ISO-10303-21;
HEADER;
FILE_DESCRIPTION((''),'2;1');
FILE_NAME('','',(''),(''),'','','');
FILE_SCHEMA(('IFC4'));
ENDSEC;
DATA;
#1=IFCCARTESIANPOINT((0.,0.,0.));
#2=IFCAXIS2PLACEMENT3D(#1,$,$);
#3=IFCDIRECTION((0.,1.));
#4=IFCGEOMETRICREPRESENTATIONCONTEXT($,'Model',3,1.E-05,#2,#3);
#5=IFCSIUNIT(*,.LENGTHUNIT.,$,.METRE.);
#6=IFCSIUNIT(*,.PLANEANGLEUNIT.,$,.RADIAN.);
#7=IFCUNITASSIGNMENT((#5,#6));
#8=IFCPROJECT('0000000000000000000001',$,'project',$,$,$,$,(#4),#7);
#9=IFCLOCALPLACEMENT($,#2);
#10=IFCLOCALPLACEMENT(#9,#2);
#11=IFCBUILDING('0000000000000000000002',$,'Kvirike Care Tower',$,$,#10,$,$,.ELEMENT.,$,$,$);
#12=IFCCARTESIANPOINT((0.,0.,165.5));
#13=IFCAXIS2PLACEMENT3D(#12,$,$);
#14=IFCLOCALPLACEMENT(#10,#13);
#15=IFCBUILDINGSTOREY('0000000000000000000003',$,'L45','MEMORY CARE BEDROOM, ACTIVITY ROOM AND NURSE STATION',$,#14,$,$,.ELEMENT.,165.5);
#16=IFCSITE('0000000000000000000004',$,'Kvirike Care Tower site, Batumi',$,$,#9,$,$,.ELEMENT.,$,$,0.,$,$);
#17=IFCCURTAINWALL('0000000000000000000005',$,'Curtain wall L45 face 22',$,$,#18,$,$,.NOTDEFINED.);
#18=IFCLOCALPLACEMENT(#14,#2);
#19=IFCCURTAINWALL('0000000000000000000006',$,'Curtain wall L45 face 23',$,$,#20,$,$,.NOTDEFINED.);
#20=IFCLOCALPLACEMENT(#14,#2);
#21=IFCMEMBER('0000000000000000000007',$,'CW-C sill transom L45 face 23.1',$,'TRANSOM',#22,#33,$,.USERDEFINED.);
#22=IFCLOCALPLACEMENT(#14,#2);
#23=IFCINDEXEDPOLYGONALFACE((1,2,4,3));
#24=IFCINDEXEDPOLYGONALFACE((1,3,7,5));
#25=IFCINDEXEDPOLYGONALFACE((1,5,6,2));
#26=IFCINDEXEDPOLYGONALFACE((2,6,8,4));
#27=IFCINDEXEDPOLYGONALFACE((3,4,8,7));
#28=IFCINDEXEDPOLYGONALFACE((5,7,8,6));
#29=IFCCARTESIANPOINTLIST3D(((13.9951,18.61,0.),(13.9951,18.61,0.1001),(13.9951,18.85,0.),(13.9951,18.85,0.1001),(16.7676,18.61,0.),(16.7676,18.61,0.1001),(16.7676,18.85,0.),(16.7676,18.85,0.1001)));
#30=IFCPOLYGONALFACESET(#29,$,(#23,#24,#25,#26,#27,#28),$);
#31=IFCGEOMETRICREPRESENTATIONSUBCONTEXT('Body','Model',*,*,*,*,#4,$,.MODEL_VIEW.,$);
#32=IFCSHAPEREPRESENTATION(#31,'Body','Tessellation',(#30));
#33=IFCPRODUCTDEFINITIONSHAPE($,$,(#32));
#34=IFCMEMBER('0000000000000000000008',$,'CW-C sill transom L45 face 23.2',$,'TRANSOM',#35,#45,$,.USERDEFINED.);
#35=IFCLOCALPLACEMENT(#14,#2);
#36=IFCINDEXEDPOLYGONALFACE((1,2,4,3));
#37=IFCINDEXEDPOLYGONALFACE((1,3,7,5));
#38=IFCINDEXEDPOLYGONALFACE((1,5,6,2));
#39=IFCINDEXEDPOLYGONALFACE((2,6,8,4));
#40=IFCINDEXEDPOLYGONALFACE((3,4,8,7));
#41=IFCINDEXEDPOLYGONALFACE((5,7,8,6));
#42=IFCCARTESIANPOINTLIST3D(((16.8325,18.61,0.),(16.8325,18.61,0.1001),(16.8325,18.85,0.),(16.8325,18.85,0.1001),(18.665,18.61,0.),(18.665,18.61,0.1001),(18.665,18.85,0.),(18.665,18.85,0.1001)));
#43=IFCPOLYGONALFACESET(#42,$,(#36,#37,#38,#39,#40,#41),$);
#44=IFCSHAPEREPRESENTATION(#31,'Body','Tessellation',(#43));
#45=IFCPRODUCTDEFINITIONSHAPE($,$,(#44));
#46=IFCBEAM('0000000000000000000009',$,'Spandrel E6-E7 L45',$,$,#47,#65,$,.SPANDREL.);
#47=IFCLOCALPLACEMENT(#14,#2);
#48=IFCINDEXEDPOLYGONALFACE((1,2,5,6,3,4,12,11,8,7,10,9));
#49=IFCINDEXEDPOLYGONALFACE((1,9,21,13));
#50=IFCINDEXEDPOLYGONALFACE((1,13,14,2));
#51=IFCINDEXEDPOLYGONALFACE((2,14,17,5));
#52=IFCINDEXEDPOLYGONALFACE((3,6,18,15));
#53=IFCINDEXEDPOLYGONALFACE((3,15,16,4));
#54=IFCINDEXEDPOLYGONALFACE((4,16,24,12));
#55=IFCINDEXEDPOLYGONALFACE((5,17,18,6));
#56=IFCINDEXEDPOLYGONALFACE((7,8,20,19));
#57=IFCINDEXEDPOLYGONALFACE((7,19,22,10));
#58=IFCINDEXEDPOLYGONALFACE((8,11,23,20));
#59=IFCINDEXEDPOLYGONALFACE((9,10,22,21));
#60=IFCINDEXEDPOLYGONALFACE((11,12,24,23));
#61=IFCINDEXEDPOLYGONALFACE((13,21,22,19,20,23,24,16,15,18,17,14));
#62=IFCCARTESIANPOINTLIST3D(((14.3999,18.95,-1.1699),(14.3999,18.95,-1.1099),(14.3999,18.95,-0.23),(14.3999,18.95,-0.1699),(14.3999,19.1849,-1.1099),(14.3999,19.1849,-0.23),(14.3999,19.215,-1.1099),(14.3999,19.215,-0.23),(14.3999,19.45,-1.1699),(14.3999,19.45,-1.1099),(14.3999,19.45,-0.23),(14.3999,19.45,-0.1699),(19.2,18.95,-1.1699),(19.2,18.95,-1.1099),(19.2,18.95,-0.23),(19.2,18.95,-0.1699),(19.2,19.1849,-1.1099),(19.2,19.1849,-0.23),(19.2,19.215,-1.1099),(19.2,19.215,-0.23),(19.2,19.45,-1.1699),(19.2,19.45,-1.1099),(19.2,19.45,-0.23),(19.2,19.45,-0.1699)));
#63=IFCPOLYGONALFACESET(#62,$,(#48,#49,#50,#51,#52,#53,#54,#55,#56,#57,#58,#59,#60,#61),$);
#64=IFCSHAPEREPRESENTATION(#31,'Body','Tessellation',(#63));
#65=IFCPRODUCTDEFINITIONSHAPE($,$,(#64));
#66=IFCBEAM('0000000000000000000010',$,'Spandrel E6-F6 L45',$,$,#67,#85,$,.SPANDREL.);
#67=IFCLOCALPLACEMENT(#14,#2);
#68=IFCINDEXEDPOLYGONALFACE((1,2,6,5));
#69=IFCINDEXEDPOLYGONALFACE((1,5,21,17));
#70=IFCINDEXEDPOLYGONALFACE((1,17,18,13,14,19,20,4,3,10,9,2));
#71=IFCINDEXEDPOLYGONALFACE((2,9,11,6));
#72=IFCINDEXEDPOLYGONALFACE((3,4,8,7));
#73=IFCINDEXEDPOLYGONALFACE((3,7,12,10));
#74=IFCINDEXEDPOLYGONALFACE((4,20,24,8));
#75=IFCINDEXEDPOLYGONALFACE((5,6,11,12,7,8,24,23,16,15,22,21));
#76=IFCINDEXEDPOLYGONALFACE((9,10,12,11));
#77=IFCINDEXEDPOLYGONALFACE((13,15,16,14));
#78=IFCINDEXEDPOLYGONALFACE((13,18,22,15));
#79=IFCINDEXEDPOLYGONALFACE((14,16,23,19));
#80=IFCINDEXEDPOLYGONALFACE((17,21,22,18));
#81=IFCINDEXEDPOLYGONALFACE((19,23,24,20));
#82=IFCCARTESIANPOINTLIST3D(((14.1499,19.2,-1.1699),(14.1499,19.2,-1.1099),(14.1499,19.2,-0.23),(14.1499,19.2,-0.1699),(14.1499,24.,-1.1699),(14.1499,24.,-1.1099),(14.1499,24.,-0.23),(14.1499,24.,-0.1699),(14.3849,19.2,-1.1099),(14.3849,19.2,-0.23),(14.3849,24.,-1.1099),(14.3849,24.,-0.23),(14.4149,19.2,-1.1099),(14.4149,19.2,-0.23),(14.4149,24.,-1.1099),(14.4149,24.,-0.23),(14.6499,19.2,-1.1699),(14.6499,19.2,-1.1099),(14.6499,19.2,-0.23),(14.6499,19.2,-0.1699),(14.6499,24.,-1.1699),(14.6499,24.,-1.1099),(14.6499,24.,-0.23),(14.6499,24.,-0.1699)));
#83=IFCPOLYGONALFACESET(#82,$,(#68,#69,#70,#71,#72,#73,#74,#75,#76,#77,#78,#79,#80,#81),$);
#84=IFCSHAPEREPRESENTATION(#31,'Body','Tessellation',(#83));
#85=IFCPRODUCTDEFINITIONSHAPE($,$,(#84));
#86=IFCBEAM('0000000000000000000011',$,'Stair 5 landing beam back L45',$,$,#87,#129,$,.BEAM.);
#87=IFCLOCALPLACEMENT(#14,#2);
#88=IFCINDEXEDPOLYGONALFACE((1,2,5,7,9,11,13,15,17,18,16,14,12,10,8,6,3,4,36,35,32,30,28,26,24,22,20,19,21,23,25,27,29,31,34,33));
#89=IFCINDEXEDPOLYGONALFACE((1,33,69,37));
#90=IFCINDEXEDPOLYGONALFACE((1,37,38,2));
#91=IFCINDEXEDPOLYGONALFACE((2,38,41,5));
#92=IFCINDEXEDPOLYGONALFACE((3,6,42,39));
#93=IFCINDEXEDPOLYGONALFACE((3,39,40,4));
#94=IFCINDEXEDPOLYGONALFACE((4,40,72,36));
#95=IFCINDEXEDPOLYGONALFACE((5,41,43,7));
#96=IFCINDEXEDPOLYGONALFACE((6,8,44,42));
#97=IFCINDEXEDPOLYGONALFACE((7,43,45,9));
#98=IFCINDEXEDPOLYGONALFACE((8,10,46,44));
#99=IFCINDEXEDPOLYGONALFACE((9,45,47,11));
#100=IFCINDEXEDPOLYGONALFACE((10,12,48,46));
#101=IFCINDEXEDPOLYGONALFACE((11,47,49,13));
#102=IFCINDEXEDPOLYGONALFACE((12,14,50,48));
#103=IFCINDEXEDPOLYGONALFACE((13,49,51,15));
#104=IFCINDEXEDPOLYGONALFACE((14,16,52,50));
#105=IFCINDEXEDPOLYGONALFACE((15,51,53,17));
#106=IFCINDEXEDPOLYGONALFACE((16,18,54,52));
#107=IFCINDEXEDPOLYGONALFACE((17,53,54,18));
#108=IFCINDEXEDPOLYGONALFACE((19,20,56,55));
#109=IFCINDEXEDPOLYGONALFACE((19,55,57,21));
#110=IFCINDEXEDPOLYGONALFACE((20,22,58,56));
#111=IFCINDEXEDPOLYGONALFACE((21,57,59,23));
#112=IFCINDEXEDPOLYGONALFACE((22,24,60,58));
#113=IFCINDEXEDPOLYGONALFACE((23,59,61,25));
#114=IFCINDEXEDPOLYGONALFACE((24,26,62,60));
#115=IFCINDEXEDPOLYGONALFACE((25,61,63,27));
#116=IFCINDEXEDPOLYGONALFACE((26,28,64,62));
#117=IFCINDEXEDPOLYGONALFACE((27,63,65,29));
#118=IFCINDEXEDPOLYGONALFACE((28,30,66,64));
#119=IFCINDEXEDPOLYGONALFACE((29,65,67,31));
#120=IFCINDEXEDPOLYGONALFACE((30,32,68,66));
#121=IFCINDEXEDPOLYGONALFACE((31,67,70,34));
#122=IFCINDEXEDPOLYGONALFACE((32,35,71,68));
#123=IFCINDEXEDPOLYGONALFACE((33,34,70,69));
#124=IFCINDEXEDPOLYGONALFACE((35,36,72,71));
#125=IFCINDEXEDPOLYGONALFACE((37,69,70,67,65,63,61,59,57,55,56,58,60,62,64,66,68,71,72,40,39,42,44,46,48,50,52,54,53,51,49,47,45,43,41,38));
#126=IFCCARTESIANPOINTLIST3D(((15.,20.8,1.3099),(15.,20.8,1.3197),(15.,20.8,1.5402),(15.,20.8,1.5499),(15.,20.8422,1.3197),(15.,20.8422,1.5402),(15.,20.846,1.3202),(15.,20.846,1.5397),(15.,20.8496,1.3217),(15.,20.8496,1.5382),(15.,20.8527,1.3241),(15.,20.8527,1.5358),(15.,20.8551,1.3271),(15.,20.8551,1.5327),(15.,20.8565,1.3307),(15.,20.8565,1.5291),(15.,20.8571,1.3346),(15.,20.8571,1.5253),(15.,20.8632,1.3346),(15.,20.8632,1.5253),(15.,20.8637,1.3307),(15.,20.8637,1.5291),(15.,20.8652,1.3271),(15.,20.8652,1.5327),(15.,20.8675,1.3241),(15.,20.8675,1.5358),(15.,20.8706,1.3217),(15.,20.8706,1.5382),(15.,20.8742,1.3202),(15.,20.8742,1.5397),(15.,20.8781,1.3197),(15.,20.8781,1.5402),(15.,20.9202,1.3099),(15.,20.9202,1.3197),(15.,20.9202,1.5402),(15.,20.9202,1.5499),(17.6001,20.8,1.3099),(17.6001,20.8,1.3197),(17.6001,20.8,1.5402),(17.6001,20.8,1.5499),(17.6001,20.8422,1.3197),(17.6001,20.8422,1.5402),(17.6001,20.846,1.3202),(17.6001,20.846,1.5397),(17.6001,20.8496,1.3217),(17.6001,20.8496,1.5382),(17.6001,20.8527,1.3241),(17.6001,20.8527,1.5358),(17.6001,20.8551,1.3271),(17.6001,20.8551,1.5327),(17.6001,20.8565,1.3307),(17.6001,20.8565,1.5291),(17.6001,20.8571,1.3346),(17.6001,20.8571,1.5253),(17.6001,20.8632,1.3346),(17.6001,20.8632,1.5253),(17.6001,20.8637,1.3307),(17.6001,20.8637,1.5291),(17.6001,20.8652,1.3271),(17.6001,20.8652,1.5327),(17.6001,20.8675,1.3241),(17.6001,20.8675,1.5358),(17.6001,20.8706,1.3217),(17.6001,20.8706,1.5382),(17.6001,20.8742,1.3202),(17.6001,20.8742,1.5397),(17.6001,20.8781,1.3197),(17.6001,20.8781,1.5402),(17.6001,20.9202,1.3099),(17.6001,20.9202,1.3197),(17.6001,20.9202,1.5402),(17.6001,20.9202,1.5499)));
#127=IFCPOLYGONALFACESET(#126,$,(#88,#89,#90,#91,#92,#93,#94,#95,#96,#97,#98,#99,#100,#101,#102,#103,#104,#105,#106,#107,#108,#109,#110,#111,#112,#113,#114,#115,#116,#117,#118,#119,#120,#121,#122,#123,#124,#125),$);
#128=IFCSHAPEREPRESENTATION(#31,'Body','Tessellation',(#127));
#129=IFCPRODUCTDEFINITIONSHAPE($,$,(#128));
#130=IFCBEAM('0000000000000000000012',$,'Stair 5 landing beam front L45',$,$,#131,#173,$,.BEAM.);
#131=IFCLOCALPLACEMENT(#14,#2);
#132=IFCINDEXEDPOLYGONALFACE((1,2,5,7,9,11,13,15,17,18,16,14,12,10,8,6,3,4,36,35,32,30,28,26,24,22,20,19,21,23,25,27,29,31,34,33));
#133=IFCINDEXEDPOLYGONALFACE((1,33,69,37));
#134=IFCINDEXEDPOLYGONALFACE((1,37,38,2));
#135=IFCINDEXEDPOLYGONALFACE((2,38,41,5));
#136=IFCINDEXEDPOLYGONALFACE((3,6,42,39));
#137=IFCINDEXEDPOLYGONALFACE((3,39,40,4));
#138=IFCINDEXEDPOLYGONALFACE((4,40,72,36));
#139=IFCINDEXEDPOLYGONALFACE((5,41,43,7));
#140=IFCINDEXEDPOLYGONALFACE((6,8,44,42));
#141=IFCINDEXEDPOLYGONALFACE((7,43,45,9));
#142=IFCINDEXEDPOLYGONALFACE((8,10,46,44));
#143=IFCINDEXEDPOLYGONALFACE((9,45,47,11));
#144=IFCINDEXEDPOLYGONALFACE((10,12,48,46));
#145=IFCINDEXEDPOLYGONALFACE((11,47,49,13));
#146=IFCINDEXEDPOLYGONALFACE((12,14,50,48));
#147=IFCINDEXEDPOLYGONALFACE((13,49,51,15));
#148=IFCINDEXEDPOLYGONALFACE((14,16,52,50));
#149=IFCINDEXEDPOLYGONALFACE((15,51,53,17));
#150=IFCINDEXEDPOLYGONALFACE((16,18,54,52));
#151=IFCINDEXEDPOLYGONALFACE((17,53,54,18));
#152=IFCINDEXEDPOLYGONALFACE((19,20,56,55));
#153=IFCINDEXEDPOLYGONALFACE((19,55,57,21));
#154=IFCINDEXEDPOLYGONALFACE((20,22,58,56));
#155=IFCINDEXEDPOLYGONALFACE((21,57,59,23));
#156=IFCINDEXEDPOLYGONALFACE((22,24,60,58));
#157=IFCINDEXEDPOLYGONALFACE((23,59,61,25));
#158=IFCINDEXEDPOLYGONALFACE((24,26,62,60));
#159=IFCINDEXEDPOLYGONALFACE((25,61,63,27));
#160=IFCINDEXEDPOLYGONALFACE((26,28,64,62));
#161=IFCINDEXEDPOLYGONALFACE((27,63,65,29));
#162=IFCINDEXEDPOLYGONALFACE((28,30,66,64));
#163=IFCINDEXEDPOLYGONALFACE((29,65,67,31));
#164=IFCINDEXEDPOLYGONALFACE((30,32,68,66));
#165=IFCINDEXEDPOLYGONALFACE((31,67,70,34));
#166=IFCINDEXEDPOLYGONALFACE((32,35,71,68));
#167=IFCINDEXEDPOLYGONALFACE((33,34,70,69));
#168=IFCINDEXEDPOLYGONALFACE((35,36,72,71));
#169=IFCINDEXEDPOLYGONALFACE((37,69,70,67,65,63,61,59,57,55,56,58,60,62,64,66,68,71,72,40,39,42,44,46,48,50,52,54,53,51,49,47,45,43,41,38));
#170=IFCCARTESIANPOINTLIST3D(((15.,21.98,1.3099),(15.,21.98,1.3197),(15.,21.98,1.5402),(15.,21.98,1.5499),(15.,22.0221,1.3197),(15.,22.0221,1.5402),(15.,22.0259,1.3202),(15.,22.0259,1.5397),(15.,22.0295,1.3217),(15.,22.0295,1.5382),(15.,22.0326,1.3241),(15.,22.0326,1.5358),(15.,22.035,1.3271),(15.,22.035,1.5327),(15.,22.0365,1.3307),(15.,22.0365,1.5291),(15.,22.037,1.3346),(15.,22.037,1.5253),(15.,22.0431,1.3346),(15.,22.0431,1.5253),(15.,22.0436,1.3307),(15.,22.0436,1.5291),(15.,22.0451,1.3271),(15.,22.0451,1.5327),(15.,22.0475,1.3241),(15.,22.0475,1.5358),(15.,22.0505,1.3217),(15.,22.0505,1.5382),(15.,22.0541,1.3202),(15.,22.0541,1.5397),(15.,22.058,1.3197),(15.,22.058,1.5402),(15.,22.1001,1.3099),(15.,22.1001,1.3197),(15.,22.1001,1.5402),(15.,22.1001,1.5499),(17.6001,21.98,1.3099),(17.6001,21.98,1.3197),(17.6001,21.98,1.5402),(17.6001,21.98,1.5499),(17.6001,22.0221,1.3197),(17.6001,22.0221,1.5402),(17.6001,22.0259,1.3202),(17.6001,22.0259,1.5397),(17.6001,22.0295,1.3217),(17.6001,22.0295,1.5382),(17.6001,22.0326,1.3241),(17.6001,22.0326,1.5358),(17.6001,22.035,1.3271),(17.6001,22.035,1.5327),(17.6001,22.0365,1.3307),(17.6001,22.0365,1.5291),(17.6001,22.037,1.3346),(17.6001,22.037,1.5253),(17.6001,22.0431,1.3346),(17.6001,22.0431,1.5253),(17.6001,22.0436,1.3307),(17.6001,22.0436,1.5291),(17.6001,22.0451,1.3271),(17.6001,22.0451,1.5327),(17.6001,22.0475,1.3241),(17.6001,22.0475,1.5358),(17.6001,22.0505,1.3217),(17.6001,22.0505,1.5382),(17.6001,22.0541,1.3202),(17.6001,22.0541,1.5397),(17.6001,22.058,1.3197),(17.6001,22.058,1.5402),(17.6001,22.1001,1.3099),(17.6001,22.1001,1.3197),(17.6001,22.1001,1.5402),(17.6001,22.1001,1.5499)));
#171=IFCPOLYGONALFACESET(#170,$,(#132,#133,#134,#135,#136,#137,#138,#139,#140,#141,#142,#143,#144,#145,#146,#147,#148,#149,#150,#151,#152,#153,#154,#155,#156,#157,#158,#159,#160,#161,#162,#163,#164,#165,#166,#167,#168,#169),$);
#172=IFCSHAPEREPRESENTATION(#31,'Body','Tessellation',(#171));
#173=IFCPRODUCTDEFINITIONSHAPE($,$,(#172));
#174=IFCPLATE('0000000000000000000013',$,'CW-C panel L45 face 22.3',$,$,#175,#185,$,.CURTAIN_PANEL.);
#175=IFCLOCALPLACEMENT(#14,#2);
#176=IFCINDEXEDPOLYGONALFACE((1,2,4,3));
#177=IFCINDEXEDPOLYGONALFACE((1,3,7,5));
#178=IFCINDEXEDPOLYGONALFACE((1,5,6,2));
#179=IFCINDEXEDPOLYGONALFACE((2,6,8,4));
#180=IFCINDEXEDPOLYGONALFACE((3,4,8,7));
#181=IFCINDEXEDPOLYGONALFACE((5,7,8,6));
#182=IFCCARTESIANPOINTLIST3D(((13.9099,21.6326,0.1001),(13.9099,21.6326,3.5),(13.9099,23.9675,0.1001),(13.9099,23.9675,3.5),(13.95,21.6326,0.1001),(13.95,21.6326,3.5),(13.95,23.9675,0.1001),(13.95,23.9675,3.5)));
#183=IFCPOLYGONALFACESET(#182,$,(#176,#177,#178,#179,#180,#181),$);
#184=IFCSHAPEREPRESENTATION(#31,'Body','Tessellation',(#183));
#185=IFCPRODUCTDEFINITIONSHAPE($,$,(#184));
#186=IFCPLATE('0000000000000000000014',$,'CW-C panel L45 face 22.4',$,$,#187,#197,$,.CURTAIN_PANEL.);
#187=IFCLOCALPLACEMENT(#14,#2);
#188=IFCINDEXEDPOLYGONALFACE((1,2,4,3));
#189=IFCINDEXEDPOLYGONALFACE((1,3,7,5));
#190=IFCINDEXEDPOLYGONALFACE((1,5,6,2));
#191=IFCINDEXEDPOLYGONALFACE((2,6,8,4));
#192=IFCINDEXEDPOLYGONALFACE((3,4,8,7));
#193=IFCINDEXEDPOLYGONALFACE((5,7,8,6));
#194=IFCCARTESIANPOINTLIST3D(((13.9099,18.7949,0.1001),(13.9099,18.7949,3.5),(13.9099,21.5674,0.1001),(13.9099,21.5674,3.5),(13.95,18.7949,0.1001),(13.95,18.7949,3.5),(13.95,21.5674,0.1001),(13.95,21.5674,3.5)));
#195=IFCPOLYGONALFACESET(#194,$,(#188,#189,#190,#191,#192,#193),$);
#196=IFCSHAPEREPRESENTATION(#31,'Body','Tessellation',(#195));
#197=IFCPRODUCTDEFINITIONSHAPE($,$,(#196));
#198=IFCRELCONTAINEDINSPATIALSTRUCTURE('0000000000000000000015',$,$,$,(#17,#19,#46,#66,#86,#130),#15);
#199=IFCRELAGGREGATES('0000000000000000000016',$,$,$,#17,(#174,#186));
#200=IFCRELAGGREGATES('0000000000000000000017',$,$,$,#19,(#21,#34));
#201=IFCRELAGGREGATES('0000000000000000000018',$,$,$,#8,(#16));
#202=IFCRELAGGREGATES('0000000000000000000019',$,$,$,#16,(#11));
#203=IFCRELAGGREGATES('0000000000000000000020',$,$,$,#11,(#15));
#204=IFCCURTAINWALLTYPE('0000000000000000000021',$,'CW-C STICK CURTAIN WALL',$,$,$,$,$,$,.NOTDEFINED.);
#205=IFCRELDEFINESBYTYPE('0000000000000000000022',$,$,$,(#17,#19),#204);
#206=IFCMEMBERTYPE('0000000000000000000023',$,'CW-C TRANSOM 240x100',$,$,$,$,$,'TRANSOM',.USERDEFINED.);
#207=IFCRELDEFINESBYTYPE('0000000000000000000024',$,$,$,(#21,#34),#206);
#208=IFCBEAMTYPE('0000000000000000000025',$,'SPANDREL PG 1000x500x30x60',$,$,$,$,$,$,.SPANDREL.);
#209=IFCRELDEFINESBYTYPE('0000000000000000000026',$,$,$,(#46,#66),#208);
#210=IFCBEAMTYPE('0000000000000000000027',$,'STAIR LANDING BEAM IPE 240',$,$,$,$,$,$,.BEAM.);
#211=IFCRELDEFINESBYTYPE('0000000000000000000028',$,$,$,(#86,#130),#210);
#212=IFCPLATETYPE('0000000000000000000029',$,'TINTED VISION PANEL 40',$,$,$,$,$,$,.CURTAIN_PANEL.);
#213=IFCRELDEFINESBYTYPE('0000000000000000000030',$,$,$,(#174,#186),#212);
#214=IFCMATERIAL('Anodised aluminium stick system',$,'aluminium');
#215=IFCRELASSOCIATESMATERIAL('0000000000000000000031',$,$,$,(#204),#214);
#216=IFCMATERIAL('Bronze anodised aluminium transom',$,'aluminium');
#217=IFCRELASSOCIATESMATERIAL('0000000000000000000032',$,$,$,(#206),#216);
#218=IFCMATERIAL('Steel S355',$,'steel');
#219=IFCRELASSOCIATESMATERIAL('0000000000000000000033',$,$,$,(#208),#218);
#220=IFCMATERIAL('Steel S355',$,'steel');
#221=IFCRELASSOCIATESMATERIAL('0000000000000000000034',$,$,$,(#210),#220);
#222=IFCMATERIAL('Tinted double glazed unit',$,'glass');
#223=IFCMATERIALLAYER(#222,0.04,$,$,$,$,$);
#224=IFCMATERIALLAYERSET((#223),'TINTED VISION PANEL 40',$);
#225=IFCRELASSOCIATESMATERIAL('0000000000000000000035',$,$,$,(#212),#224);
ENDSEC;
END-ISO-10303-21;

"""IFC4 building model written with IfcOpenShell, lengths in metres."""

from ifc_helpers import new_model, si_unit, direction, frame, origin, origin_2d, place, context, subcontext, project, spatial, rectangle, i_section, extrude, material, layer, layer_set, material_profile, profile_set, type_object, element, aggregate, save


model = new_model("IFC4")

# Units and contexts
model_context = context("Model", 3, precision=1e-05, world=origin(), true_north=direction((0.0, 1.0)))
body_context = subcontext(model_context, "Body", "Model", "MODEL_VIEW")
ifc_project = project(units=[si_unit("LENGTHUNIT", "METRE"), si_unit("PLANEANGLEUNIT", "RADIAN")], contexts=[model_context])

# Site, building, storey
site_placement = place(None, origin())
site = spatial("IfcSite", under=ifc_project, at=site_placement, Name="Kvirike Care Tower site, Batumi", CompositionType="ELEMENT", RefElevation=0.0)
building_placement = place(site_placement, origin())
building = spatial("IfcBuilding", under=site, at=building_placement, Name="Kvirike Care Tower", CompositionType="ELEMENT")
storey_placement = place(building_placement, frame((0.0, 0.0, 165.5)))
storey = spatial("IfcBuildingStorey", under=building, at=storey_placement, Name="L45", Description="MEMORY CARE BEDROOM, ACTIVITY ROOM AND NURSE STATION", CompositionType="ELEMENT", Elevation=165.5)

# Curtain walls
ifc_material_1 = material(Name="Anodised aluminium stick system", Category="aluminium")
curtain_wall_type = type_object("IfcCurtainWallType", Name="CW-C STICK CURTAIN WALL", PredefinedType="NOTDEFINED", material=ifc_material_1)
curtain_wall_1_placement = place(storey_placement, origin())
curtain_wall_1 = element("IfcCurtainWall", 1, at=curtain_wall_1_placement, inside=storey, type_object=curtain_wall_type, Name="Curtain wall L45 face 22", PredefinedType="NOTDEFINED")
curtain_wall_2_placement = place(storey_placement, origin())
curtain_wall_2 = element("IfcCurtainWall", 2, at=curtain_wall_2_placement, inside=storey, type_object=curtain_wall_type, Name="Curtain wall L45 face 23", PredefinedType="NOTDEFINED")

# Members
ifc_material_2 = material(Name="Bronze anodised aluminium transom", Category="aluminium")
ifc_material_profile_1 = material_profile(ifc_material_2, rectangle(XDim=0.24, YDim=0.1001, at=origin_2d()), Name="CW-C TRANSOM 240x100")
ifc_profile_set_1 = profile_set([ifc_material_profile_1], Name="Bronze anodised aluminium transom")
member_type_1 = type_object("IfcMemberType", Name="CW-C TRANSOM 240x100", ElementType="TRANSOM", PredefinedType="USERDEFINED", material=ifc_profile_set_1)
member_1_placement = place(storey_placement, frame((13.9951, 18.73, 0.05), z_axis=(1.0, 0.0, 0.0), x_axis=(0.0, 1.0, 0.0)))
member_1 = element("IfcMember", 3, at=member_1_placement, type_object=member_type_1, Name="CW-C sill transom L45 face 23.1", ObjectType="TRANSOM", PredefinedType="USERDEFINED", context=body_context, shape_type="SweptSolid", body=[
    extrude(rectangle(XDim=0.24, YDim=0.1001, at=origin_2d()), origin(), (0.0, 0.0, 1.0), 2.7725),
])
member_2_placement = place(storey_placement, frame((16.8325, 18.73, 0.05), z_axis=(1.0, 0.0, 0.0), x_axis=(0.0, 1.0, 0.0)))
member_2 = element("IfcMember", 4, at=member_2_placement, type_object=member_type_1, Name="CW-C sill transom L45 face 23.2", ObjectType="TRANSOM", PredefinedType="USERDEFINED", context=body_context, shape_type="SweptSolid", body=[
    extrude(rectangle(XDim=0.24, YDim=0.1001, at=origin_2d()), origin(), (0.0, 0.0, 1.0), 1.8325),
])

# Beams
ifc_material_3 = material(Name="Steel S355", Category="steel")
ifc_material_profile_2 = material_profile(ifc_material_3, i_section(OverallWidth=0.5, OverallDepth=1.0, WebThickness=0.03, FlangeThickness=0.0601, at=origin_2d()), Name="PG 1000x500x30x60")
ifc_profile_set_2 = profile_set([ifc_material_profile_2], Name="Steel S355")
beam_type_1 = type_object("IfcBeamType", Name="SPANDREL PG 1000x500x30x60", PredefinedType="SPANDREL", material=ifc_profile_set_2)
for number, where, z_axis, x_axis, name in (
    (5, (14.3999, 19.2, -0.6699), (1.0, 0.0, 0.0), (0.0, 1.0, 0.0), "Spandrel E6-E7 L45"),
    (6, (14.3999, 19.2, -0.6699), (0.0, 1.0, 0.0), (-1.0, 0.0, 0.0), "Spandrel E6-F6 L45"),
):
    element("IfcBeam", number, at=place(storey_placement, frame(where, z_axis=z_axis, x_axis=x_axis)), inside=storey, type_object=beam_type_1, Name=name, PredefinedType="SPANDREL", context=body_context, shape_type="SweptSolid", body=[
        extrude(i_section(OverallWidth=0.5, OverallDepth=1.0, WebThickness=0.03, FlangeThickness=0.0601, at=origin_2d()), origin(), (0.0, 0.0, 1.0), 4.8),
    ])
ifc_material_4 = material(Name="Steel S355", Category="steel")
ifc_material_profile_3 = material_profile(ifc_material_4, i_section(OverallWidth=0.1201, OverallDepth=0.24, WebThickness=0.0061, FlangeThickness=0.0098, FilletRadius=0.0149, at=origin_2d()), Name="IPE 240")
ifc_profile_set_3 = profile_set([ifc_material_profile_3], Name="Steel S355")
beam_type_2 = type_object("IfcBeamType", Name="STAIR LANDING BEAM IPE 240", PredefinedType="BEAM", material=ifc_profile_set_3)
for number, where, z_axis, x_axis, name in (
    (7, (15.0, 20.8601, 1.4299), (1.0, 0.0, 0.0), (0.0, 1.0, 0.0), "Stair 5 landing beam back L45"),
    (8, (15.0, 22.04, 1.4299), (1.0, 0.0, 0.0), (0.0, 1.0, 0.0), "Stair 5 landing beam front L45"),
):
    element("IfcBeam", number, at=place(storey_placement, frame(where, z_axis=z_axis, x_axis=x_axis)), inside=storey, type_object=beam_type_2, Name=name, PredefinedType="BEAM", context=body_context, shape_type="SweptSolid", body=[
        extrude(i_section(OverallWidth=0.1201, OverallDepth=0.24, WebThickness=0.0061, FlangeThickness=0.0098, FilletRadius=0.0149, at=origin_2d()), origin(), (0.0, 0.0, 1.0), 2.6001),
    ])

# Plates
ifc_material_5 = material(Name="Tinted double glazed unit", Category="glass")
ifc_layer_1 = layer(ifc_material_5, 0.04)
ifc_layer_set_1 = layer_set([ifc_layer_1], Name="TINTED VISION PANEL 40")
plate_type = type_object("IfcPlateType", Name="TINTED VISION PANEL 40", PredefinedType="CURTAIN_PANEL", material=ifc_layer_set_1)
plate_1_placement = place(storey_placement, frame((13.9299, 22.8, 0.1001), z_axis=(0.0, 0.0, 1.0), x_axis=(0.0, -1.0, 0.0)))
plate_1 = element("IfcPlate", 9, at=plate_1_placement, type_object=plate_type, Name="CW-C panel L45 face 22.3", PredefinedType="CURTAIN_PANEL", context=body_context, shape_type="SweptSolid", body=[
    extrude(rectangle(XDim=2.335, YDim=0.04, at=origin_2d()), origin(), (0.0, 0.0, 1.0), 3.3999),
])
plate_2_placement = place(storey_placement, frame((13.9299, 20.1812, 0.1001), z_axis=(0.0, 0.0, 1.0), x_axis=(0.0, -1.0, 0.0)))
plate_2 = element("IfcPlate", 10, at=plate_2_placement, type_object=plate_type, Name="CW-C panel L45 face 22.4", PredefinedType="CURTAIN_PANEL", context=body_context, shape_type="SweptSolid", body=[
    extrude(rectangle(XDim=2.7725, YDim=0.04, at=origin_2d()), origin(), (0.0, 0.0, 1.0), 3.3999),
])
aggregate(curtain_wall_1, [plate_1, plate_2])
aggregate(curtain_wall_2, [member_1, member_2])

save(model, "model.ifc")
